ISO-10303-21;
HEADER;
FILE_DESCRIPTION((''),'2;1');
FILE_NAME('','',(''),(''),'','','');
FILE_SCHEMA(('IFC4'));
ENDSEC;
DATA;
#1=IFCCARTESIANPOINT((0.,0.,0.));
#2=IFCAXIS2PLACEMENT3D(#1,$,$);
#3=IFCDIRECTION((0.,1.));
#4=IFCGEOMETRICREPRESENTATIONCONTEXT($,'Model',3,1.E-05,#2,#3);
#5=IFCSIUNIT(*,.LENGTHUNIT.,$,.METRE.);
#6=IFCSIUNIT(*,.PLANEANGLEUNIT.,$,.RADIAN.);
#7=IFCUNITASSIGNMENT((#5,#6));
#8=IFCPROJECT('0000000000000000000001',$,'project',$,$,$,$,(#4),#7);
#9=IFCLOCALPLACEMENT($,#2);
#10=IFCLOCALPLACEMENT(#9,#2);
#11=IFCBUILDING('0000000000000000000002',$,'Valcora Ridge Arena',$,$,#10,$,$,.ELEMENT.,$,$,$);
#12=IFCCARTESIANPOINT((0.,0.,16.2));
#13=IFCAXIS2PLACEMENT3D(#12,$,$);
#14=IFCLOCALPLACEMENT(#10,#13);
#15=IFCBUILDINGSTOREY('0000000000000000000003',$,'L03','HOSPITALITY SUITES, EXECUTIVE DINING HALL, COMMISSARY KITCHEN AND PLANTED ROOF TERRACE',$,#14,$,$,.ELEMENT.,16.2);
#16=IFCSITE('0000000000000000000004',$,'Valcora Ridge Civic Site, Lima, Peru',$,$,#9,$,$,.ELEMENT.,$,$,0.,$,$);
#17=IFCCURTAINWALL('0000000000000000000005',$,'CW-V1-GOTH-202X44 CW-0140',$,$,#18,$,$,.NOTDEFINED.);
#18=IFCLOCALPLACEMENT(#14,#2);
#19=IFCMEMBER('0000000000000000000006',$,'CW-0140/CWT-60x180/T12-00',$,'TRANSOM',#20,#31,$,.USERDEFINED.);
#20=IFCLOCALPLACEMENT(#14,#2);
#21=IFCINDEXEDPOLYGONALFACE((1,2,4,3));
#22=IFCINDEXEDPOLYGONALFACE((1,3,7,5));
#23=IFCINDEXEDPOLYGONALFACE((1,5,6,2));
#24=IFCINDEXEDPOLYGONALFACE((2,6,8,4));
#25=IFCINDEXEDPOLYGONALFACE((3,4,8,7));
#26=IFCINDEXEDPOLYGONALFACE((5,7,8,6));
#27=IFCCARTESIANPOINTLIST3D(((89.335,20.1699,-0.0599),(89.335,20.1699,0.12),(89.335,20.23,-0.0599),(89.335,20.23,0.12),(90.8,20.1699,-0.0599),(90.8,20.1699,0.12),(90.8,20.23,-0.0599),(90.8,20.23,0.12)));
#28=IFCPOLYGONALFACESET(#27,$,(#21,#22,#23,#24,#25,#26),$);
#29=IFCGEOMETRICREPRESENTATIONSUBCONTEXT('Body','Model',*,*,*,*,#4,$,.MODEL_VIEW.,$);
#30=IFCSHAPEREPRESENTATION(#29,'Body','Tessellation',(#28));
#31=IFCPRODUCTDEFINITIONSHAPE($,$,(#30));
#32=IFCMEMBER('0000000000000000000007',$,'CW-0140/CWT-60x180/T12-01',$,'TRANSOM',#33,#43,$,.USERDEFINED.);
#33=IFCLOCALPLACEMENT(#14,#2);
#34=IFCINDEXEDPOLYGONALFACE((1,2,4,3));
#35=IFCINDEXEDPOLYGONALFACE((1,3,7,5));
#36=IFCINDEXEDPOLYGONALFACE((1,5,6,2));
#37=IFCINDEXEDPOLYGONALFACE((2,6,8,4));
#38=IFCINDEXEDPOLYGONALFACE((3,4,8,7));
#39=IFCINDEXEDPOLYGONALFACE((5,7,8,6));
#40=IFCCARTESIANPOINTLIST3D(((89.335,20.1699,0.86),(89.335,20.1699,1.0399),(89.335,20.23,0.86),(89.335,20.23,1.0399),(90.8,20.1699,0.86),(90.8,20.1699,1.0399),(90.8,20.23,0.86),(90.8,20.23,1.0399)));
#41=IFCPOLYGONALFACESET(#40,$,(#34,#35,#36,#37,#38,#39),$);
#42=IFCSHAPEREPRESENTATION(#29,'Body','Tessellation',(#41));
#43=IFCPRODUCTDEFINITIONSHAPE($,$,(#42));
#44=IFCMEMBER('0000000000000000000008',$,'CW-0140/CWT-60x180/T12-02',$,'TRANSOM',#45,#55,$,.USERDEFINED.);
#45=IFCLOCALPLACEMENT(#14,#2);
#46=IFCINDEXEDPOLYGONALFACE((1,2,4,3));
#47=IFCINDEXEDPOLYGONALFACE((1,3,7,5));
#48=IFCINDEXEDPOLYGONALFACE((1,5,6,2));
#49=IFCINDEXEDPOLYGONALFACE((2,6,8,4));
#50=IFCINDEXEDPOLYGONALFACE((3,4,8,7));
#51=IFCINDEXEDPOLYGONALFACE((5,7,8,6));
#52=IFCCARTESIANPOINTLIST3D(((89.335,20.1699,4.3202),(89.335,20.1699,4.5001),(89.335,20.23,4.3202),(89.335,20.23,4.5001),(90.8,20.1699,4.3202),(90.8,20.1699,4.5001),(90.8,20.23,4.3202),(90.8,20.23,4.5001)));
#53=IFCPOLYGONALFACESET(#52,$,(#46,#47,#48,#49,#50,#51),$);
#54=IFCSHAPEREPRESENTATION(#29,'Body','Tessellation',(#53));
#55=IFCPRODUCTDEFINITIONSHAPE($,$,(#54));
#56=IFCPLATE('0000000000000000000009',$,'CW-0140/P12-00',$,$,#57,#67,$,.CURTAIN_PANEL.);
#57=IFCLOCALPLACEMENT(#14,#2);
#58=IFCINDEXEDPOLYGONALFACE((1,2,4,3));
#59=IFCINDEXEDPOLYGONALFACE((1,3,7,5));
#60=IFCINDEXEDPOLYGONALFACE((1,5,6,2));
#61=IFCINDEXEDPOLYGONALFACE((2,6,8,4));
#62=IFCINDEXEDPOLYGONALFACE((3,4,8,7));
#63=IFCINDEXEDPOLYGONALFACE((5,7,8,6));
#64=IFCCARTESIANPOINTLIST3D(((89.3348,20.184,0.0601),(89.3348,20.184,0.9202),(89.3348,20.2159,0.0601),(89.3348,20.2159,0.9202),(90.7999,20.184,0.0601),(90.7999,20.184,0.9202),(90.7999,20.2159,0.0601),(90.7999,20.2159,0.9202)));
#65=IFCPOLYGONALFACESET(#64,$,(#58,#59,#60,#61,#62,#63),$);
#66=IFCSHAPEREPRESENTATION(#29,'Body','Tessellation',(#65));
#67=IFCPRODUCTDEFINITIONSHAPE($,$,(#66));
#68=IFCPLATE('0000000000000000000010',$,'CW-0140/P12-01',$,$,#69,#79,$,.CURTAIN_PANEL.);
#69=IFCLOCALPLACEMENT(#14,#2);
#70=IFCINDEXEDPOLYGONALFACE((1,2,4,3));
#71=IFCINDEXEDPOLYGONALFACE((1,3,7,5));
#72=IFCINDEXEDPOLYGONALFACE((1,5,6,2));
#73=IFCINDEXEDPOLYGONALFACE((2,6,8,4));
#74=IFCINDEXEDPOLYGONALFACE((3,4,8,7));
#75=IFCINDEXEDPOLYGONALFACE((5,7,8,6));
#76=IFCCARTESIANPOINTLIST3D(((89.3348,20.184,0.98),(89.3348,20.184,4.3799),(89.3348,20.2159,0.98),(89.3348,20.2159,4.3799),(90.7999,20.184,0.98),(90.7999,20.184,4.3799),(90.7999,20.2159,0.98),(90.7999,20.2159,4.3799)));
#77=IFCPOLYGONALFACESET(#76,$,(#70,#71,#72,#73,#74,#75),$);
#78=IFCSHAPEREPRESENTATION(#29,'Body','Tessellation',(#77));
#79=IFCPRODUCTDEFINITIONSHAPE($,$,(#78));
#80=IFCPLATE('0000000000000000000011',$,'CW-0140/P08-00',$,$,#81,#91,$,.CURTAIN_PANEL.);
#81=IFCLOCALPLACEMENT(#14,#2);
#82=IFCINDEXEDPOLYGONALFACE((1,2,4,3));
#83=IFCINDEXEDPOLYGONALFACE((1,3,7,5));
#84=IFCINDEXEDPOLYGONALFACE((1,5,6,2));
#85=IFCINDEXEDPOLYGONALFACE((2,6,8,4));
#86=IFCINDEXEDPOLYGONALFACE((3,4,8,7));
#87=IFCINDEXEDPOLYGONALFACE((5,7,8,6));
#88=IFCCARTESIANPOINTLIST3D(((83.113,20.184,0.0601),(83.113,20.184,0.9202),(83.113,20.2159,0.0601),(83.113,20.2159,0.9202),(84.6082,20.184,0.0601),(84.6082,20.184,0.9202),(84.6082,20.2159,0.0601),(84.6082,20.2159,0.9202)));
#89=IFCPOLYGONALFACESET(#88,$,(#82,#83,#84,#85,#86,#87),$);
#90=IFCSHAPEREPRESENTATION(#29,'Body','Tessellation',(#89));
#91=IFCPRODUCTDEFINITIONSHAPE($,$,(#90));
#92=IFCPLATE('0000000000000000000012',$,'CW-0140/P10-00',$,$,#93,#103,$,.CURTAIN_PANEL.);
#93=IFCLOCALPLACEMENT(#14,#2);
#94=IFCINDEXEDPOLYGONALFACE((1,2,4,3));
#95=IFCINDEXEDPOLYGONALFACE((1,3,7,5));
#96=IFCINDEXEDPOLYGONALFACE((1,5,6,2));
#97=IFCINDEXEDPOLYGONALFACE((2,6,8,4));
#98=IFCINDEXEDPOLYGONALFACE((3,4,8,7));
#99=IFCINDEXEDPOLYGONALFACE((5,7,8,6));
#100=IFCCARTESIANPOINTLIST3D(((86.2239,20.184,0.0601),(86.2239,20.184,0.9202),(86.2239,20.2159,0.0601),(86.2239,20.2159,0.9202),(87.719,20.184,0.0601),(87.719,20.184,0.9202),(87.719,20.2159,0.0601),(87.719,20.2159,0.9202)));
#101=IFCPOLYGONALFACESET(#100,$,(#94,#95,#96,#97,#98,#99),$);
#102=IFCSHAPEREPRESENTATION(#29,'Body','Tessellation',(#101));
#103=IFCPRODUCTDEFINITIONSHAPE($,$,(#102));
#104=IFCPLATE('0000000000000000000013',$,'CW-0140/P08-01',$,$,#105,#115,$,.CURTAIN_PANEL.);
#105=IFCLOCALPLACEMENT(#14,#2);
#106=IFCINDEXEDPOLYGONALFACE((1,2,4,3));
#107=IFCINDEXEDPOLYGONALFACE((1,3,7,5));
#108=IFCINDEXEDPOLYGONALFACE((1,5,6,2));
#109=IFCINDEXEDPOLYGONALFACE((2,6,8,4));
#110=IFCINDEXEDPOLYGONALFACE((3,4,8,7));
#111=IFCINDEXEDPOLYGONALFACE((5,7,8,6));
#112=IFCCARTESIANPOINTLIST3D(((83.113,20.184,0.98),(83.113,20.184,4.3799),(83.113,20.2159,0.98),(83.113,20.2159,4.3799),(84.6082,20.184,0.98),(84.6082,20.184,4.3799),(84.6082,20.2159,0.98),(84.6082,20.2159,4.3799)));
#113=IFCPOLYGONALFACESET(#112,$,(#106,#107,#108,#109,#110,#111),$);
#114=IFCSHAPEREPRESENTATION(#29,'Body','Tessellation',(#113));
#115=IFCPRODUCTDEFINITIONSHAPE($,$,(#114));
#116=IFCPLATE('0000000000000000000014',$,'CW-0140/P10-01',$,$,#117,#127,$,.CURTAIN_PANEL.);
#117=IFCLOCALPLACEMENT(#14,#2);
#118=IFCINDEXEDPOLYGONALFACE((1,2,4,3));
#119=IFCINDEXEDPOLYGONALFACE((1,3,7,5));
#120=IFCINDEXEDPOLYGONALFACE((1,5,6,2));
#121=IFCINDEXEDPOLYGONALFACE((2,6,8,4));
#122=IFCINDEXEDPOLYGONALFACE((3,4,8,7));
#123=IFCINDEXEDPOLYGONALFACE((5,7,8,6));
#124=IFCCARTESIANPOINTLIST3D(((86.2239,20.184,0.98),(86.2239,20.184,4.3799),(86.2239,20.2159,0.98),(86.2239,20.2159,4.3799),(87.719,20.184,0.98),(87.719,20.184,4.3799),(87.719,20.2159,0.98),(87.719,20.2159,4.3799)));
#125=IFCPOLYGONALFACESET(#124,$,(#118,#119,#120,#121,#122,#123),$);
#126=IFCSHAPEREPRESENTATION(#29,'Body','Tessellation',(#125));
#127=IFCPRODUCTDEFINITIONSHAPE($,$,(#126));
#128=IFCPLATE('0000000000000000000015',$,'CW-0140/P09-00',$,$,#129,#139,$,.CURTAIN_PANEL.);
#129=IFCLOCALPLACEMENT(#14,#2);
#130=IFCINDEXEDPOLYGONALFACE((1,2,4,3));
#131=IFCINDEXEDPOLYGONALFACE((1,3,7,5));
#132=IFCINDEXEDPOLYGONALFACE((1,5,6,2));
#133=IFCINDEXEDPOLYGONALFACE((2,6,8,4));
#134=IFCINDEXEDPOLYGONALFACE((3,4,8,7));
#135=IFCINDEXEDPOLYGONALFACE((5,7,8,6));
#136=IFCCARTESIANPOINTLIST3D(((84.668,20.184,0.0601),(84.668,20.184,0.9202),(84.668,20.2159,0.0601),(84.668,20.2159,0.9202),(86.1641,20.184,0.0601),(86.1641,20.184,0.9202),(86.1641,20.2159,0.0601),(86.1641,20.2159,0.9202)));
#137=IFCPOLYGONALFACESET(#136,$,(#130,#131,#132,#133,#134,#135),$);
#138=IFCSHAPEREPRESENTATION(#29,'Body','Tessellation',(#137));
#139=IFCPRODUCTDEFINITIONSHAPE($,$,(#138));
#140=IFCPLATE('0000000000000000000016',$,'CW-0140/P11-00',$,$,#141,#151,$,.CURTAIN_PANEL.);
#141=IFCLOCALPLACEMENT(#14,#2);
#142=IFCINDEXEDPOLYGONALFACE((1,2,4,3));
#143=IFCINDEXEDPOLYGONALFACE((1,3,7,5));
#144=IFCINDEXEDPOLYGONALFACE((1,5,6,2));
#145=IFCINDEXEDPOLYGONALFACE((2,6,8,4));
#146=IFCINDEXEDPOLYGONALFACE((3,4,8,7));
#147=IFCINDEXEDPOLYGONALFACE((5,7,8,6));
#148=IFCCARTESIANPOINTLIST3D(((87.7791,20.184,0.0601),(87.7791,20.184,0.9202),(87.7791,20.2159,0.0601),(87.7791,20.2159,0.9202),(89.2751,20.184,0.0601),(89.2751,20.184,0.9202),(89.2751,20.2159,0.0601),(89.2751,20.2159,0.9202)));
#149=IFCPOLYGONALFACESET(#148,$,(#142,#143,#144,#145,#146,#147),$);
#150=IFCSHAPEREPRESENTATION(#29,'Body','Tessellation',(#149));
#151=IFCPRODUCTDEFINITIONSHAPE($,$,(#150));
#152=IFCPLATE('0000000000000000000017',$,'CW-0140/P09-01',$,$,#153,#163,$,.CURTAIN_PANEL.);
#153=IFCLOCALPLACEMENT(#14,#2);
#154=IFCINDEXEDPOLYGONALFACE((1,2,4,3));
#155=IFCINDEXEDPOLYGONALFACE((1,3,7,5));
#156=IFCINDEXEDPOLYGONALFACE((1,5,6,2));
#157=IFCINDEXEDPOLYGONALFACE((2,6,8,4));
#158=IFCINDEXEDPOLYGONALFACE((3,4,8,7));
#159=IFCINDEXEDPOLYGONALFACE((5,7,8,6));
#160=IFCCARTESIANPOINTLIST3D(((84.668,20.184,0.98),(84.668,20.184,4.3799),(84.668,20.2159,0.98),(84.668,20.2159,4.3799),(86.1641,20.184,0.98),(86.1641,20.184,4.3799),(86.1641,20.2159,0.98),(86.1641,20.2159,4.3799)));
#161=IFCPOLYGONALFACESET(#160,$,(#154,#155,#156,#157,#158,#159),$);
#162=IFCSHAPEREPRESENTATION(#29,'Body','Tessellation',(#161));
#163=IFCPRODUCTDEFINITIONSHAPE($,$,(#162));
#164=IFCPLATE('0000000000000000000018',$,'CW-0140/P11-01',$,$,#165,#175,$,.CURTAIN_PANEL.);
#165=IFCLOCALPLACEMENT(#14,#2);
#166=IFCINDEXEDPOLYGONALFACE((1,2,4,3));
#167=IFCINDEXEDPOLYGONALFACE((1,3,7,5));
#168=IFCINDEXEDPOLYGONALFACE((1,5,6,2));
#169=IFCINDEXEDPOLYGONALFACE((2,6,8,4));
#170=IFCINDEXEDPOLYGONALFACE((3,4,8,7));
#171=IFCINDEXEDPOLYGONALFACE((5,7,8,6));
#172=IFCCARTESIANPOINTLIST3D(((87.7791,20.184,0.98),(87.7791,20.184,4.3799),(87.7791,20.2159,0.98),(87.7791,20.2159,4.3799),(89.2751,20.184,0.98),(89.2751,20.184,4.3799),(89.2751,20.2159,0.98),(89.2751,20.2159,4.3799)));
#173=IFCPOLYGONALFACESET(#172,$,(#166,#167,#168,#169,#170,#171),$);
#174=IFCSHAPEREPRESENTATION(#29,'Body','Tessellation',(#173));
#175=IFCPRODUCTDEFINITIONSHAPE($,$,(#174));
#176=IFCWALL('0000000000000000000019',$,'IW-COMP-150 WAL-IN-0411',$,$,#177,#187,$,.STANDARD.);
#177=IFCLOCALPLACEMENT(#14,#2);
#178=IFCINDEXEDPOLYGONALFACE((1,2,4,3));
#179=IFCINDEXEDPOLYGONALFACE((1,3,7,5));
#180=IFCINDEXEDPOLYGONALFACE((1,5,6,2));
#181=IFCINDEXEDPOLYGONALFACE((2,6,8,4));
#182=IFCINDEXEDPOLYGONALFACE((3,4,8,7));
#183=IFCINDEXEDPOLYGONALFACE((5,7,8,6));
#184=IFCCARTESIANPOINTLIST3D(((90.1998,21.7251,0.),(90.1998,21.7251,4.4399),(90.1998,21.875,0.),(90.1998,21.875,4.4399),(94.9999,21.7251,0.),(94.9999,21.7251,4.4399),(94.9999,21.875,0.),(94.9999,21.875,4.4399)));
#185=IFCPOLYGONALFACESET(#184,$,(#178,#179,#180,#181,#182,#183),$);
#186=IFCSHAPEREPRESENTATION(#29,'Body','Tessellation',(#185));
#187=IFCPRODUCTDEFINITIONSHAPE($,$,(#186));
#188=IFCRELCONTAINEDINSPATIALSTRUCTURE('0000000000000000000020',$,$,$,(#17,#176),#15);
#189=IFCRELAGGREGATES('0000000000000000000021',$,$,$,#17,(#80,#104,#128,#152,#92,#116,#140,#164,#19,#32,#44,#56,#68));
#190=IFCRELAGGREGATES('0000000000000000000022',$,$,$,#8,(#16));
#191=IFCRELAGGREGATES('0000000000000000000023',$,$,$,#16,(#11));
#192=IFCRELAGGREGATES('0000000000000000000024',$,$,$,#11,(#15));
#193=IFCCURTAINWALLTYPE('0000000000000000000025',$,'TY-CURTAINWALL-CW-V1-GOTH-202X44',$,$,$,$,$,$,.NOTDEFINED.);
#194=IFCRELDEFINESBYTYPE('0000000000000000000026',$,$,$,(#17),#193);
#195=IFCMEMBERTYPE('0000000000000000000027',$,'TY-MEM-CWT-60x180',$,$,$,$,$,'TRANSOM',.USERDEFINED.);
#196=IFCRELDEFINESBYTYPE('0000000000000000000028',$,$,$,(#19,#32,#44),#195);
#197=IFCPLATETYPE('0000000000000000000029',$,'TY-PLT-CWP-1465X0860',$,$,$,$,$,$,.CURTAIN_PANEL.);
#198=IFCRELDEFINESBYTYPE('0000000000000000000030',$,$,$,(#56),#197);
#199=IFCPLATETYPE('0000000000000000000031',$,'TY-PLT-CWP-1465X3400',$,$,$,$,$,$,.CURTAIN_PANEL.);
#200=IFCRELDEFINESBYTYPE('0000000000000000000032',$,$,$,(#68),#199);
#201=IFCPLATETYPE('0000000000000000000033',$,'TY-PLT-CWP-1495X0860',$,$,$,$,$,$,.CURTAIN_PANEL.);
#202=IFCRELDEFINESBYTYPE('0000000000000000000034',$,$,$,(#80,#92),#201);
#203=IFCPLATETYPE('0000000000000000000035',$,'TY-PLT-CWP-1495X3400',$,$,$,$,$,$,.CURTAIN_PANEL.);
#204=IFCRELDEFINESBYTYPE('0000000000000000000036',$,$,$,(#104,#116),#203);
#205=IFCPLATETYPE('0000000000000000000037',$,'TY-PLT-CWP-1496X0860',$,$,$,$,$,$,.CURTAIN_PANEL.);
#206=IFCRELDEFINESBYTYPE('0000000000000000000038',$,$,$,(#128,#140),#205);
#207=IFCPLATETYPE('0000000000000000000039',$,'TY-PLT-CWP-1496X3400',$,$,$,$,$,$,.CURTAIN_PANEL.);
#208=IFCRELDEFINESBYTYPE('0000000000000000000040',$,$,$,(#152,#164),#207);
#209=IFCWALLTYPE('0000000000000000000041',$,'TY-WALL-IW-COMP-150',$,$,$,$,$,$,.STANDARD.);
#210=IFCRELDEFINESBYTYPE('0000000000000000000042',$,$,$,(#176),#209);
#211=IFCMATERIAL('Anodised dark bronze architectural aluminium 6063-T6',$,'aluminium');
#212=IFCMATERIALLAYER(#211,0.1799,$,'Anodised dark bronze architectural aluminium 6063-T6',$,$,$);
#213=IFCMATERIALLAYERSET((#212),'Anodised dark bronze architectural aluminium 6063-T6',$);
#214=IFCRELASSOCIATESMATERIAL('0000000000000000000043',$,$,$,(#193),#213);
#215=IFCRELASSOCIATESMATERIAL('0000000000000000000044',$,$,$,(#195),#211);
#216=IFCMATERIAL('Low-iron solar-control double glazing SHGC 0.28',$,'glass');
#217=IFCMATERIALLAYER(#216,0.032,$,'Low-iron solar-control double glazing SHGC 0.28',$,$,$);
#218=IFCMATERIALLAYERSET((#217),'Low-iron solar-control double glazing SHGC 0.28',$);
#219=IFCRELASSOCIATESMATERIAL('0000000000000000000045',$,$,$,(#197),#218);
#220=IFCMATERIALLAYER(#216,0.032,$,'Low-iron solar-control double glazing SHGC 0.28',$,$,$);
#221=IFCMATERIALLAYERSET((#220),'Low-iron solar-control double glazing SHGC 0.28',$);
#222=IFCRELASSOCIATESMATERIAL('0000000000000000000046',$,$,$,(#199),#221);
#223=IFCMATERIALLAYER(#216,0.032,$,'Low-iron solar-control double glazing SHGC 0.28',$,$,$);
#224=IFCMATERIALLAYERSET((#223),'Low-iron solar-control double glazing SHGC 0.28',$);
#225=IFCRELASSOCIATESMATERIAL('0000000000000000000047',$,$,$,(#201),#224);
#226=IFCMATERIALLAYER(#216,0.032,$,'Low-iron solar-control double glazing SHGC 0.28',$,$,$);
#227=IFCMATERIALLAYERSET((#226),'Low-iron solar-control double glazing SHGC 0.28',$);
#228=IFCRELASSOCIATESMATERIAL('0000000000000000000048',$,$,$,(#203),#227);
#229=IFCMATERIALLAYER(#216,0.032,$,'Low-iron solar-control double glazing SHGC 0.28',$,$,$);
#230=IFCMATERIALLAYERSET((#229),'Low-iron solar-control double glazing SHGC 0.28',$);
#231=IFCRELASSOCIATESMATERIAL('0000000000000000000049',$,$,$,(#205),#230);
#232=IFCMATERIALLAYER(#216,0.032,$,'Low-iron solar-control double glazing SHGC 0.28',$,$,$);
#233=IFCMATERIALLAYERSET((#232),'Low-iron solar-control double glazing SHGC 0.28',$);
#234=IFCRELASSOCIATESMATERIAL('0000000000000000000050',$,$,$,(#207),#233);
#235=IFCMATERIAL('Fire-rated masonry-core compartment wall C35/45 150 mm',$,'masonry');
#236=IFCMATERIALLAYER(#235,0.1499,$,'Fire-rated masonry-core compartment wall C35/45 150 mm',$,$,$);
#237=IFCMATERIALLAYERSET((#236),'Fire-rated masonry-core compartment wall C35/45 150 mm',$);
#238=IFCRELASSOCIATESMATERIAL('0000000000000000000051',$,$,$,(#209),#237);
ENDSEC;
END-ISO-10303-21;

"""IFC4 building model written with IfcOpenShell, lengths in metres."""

from ifc_helpers import new_model, si_unit, direction, frame, frame_2d, origin, origin_2d, place, context, subcontext, project, spatial, rectangle, extrude, material, layer, layer_set, material_profile, profile_set, type_object, element, aggregate, save


model = new_model("IFC4")

# Units and contexts
model_context = context("Model", 3, precision=1e-05, world=origin(), true_north=direction((0.0, 1.0)))
body_context = subcontext(model_context, "Body", "Model", "MODEL_VIEW")
ifc_project = project(units=[si_unit("LENGTHUNIT", "METRE"), si_unit("PLANEANGLEUNIT", "RADIAN")], contexts=[model_context])

# Site, building, storey
site_placement = place(None, origin())
site = spatial("IfcSite", under=ifc_project, at=site_placement, Name="Valcora Ridge Civic Site, Lima, Peru", CompositionType="ELEMENT", RefElevation=0.0)
building_placement = place(site_placement, origin())
building = spatial("IfcBuilding", under=site, at=building_placement, Name="Valcora Ridge Arena", CompositionType="ELEMENT")
storey_placement = place(building_placement, frame((0.0, 0.0, 16.2)))
storey = spatial("IfcBuildingStorey", under=building, at=storey_placement, Name="L03", Description="HOSPITALITY SUITES, EXECUTIVE DINING HALL, COMMISSARY KITCHEN AND PLANTED ROOF TERRACE", CompositionType="ELEMENT", Elevation=16.2)

# Curtain wall, members, plates
ifc_material_1 = material(Name="Anodised dark bronze architectural aluminium 6063-T6", Category="aluminium")
ifc_layer_1 = layer(ifc_material_1, 0.1799, Name="Anodised dark bronze architectural aluminium 6063-T6")
ifc_layer_set_1 = layer_set([ifc_layer_1], Name="Anodised dark bronze architectural aluminium 6063-T6")
curtain_wall_type = type_object("IfcCurtainWallType", Name="TY-CURTAINWALL-CW-V1-GOTH-202X44", PredefinedType="NOTDEFINED", material=ifc_layer_set_1)
curtain_wall_placement = place(storey_placement, origin())
curtain_wall = element("IfcCurtainWall", 1, at=curtain_wall_placement, inside=storey, type_object=curtain_wall_type, Name="CW-V1-GOTH-202X44 CW-0140", PredefinedType="NOTDEFINED")
ifc_material_profile_1 = material_profile(ifc_material_1, rectangle(XDim=0.0601, YDim=0.1799, at=origin_2d()), Name="ALU TRANSOM 60x180")
ifc_profile_set_1 = profile_set([ifc_material_profile_1], Name="Anodised dark bronze architectural aluminium 6063-T6")
member_type_1 = type_object("IfcMemberType", Name="TY-MEM-CWT-60x180", ElementType="TRANSOM", PredefinedType="USERDEFINED", material=ifc_profile_set_1)
member_1_placement = place(storey_placement, frame((89.335, 20.2, 0.03), z_axis=(1.0, 0.0, 0.0), x_axis=(0.0, 1.0, 0.0)))
member_1 = element("IfcMember", 2, at=member_1_placement, type_object=member_type_1, Name="CW-0140/CWT-60x180/T12-00", ObjectType="TRANSOM", PredefinedType="USERDEFINED", context=body_context, shape_type="SweptSolid", body=[
    extrude(rectangle(XDim=0.0601, YDim=0.1799, at=origin_2d()), origin(), (0.0, 0.0, 1.0), 1.4651),
])
member_2_placement = place(storey_placement, frame((89.335, 20.2, 0.95), z_axis=(1.0, 0.0, 0.0), x_axis=(0.0, 1.0, 0.0)))
member_2 = element("IfcMember", 3, at=member_2_placement, type_object=member_type_1, Name="CW-0140/CWT-60x180/T12-01", ObjectType="TRANSOM", PredefinedType="USERDEFINED", context=body_context, shape_type="SweptSolid", body=[
    extrude(rectangle(XDim=0.0601, YDim=0.1799, at=origin_2d()), origin(), (0.0, 0.0, 1.0), 1.4651),
])
member_3_placement = place(storey_placement, frame((89.335, 20.2, 4.4102), z_axis=(1.0, 0.0, 0.0), x_axis=(0.0, 1.0, 0.0)))
member_3 = element("IfcMember", 4, at=member_3_placement, type_object=member_type_1, Name="CW-0140/CWT-60x180/T12-02", ObjectType="TRANSOM", PredefinedType="USERDEFINED", context=body_context, shape_type="SweptSolid", body=[
    extrude(rectangle(XDim=0.0601, YDim=0.1799, at=origin_2d()), origin(), (0.0, 0.0, 1.0), 1.4651),
])
ifc_material_2 = material(Name="Low-iron solar-control double glazing SHGC 0.28", Category="glass")
ifc_layer_2 = layer(ifc_material_2, 0.032, Name="Low-iron solar-control double glazing SHGC 0.28")
ifc_layer_set_2 = layer_set([ifc_layer_2], Name="Low-iron solar-control double glazing SHGC 0.28")
plate_type_1 = type_object("IfcPlateType", Name="TY-PLT-CWP-1465X0860", PredefinedType="CURTAIN_PANEL", material=ifc_layer_set_2)
plate_1_placement = place(storey_placement, frame((90.0674, 20.2, 0.0601), z_axis=(0.0, 0.0, 1.0), x_axis=(1.0, 0.0, 0.0)))
plate_1 = element("IfcPlate", 5, at=plate_1_placement, type_object=plate_type_1, Name="CW-0140/P12-00", PredefinedType="CURTAIN_PANEL", context=body_context, shape_type="SweptSolid", body=[
    extrude(rectangle(XDim=1.4651, YDim=0.032, at=origin_2d()), origin(), (0.0, 0.0, 1.0), 0.8601),
])
ifc_layer_3 = layer(ifc_material_2, 0.032, Name="Low-iron solar-control double glazing SHGC 0.28")
ifc_layer_set_3 = layer_set([ifc_layer_3], Name="Low-iron solar-control double glazing SHGC 0.28")
plate_type_2 = type_object("IfcPlateType", Name="TY-PLT-CWP-1465X3400", PredefinedType="CURTAIN_PANEL", material=ifc_layer_set_3)
plate_2_placement = place(storey_placement, frame((90.0674, 20.2, 0.98), z_axis=(0.0, 0.0, 1.0), x_axis=(1.0, 0.0, 0.0)))
plate_2 = element("IfcPlate", 6, at=plate_2_placement, type_object=plate_type_2, Name="CW-0140/P12-01", PredefinedType="CURTAIN_PANEL", context=body_context, shape_type="SweptSolid", body=[
    extrude(rectangle(XDim=1.4651, YDim=0.032, at=origin_2d()), origin(), (0.0, 0.0, 1.0), 3.3999),
])
ifc_layer_4 = layer(ifc_material_2, 0.032, Name="Low-iron solar-control double glazing SHGC 0.28")
ifc_layer_set_4 = layer_set([ifc_layer_4], Name="Low-iron solar-control double glazing SHGC 0.28")
plate_type_3 = type_object("IfcPlateType", Name="TY-PLT-CWP-1495X0860", PredefinedType="CURTAIN_PANEL", material=ifc_layer_set_4)
plate_3_placement = place(storey_placement, frame((83.8606, 20.2, 0.0601), z_axis=(0.0, 0.0, 1.0), x_axis=(1.0, 0.0, 0.0)))
plate_3 = element("IfcPlate", 7, at=plate_3_placement, type_object=plate_type_3, Name="CW-0140/P08-00", PredefinedType="CURTAIN_PANEL", context=body_context, shape_type="SweptSolid", body=[
    extrude(rectangle(XDim=1.4951, YDim=0.032, at=origin_2d()), origin(), (0.0, 0.0, 1.0), 0.8601),
])
plate_4_placement = place(storey_placement, frame((86.9714, 20.2, 0.0601), z_axis=(0.0, 0.0, 1.0), x_axis=(1.0, 0.0, 0.0)))
plate_4 = element("IfcPlate", 8, at=plate_4_placement, type_object=plate_type_3, Name="CW-0140/P10-00", PredefinedType="CURTAIN_PANEL", context=body_context, shape_type="SweptSolid", body=[
    extrude(rectangle(XDim=1.4951, YDim=0.032, at=origin_2d()), origin(), (0.0, 0.0, 1.0), 0.8601),
])
ifc_layer_5 = layer(ifc_material_2, 0.032, Name="Low-iron solar-control double glazing SHGC 0.28")
ifc_layer_set_5 = layer_set([ifc_layer_5], Name="Low-iron solar-control double glazing SHGC 0.28")
plate_type_4 = type_object("IfcPlateType", Name="TY-PLT-CWP-1495X3400", PredefinedType="CURTAIN_PANEL", material=ifc_layer_set_5)
plate_5_placement = place(storey_placement, frame((83.8606, 20.2, 0.98), z_axis=(0.0, 0.0, 1.0), x_axis=(1.0, 0.0, 0.0)))
plate_5 = element("IfcPlate", 9, at=plate_5_placement, type_object=plate_type_4, Name="CW-0140/P08-01", PredefinedType="CURTAIN_PANEL", context=body_context, shape_type="SweptSolid", body=[
    extrude(rectangle(XDim=1.4951, YDim=0.032, at=origin_2d()), origin(), (0.0, 0.0, 1.0), 3.3999),
])
plate_6_placement = place(storey_placement, frame((86.9714, 20.2, 0.98), z_axis=(0.0, 0.0, 1.0), x_axis=(1.0, 0.0, 0.0)))
plate_6 = element("IfcPlate", 10, at=plate_6_placement, type_object=plate_type_4, Name="CW-0140/P10-01", PredefinedType="CURTAIN_PANEL", context=body_context, shape_type="SweptSolid", body=[
    extrude(rectangle(XDim=1.4951, YDim=0.032, at=origin_2d()), origin(), (0.0, 0.0, 1.0), 3.3999),
])
ifc_layer_6 = layer(ifc_material_2, 0.032, Name="Low-iron solar-control double glazing SHGC 0.28")
ifc_layer_set_6 = layer_set([ifc_layer_6], Name="Low-iron solar-control double glazing SHGC 0.28")
plate_type_5 = type_object("IfcPlateType", Name="TY-PLT-CWP-1496X0860", PredefinedType="CURTAIN_PANEL", material=ifc_layer_set_6)
plate_7_placement = place(storey_placement, frame((85.416, 20.2, 0.0601), z_axis=(0.0, 0.0, 1.0), x_axis=(1.0, 0.0, 0.0)))
plate_7 = element("IfcPlate", 11, at=plate_7_placement, type_object=plate_type_5, Name="CW-0140/P09-00", PredefinedType="CURTAIN_PANEL", context=body_context, shape_type="SweptSolid", body=[
    extrude(rectangle(XDim=1.4961, YDim=0.032, at=origin_2d()), origin(), (0.0, 0.0, 1.0), 0.8601),
])
plate_8_placement = place(storey_placement, frame((88.5271, 20.2, 0.0601), z_axis=(0.0, 0.0, 1.0), x_axis=(1.0, 0.0, 0.0)))
plate_8 = element("IfcPlate", 12, at=plate_8_placement, type_object=plate_type_5, Name="CW-0140/P11-00", PredefinedType="CURTAIN_PANEL", context=body_context, shape_type="SweptSolid", body=[
    extrude(rectangle(XDim=1.4961, YDim=0.032, at=origin_2d()), origin(), (0.0, 0.0, 1.0), 0.8601),
])
ifc_layer_7 = layer(ifc_material_2, 0.032, Name="Low-iron solar-control double glazing SHGC 0.28")
ifc_layer_set_7 = layer_set([ifc_layer_7], Name="Low-iron solar-control double glazing SHGC 0.28")
plate_type_6 = type_object("IfcPlateType", Name="TY-PLT-CWP-1496X3400", PredefinedType="CURTAIN_PANEL", material=ifc_layer_set_7)
plate_9_placement = place(storey_placement, frame((85.416, 20.2, 0.98), z_axis=(0.0, 0.0, 1.0), x_axis=(1.0, 0.0, 0.0)))
plate_9 = element("IfcPlate", 13, at=plate_9_placement, type_object=plate_type_6, Name="CW-0140/P09-01", PredefinedType="CURTAIN_PANEL", context=body_context, shape_type="SweptSolid", body=[
    extrude(rectangle(XDim=1.4961, YDim=0.032, at=origin_2d()), origin(), (0.0, 0.0, 1.0), 3.3999),
])
plate_10_placement = place(storey_placement, frame((88.5271, 20.2, 0.98), z_axis=(0.0, 0.0, 1.0), x_axis=(1.0, 0.0, 0.0)))
plate_10 = element("IfcPlate", 14, at=plate_10_placement, type_object=plate_type_6, Name="CW-0140/P11-01", PredefinedType="CURTAIN_PANEL", context=body_context, shape_type="SweptSolid", body=[
    extrude(rectangle(XDim=1.4961, YDim=0.032, at=origin_2d()), origin(), (0.0, 0.0, 1.0), 3.3999),
])
aggregate(curtain_wall, [plate_3, plate_5, plate_7, plate_9, plate_4, plate_6, plate_8, plate_10, member_1, member_2, member_3, plate_1, plate_2])

# Wall
ifc_material_3 = material(Name="Fire-rated masonry-core compartment wall C35/45 150 mm", Category="masonry")
ifc_layer_8 = layer(ifc_material_3, 0.1499, Name="Fire-rated masonry-core compartment wall C35/45 150 mm")
ifc_layer_set_8 = layer_set([ifc_layer_8], Name="Fire-rated masonry-core compartment wall C35/45 150 mm")
wall_type_1 = type_object("IfcWallType", Name="TY-WALL-IW-COMP-150", PredefinedType="STANDARD", material=ifc_layer_set_8)
wall_1_placement = place(storey_placement, frame((90.2, 21.8, 0.0), z_axis=(0.0, 0.0, 1.0), x_axis=(1.0, 0.0, 0.0)))
element("IfcWall", 15, at=wall_1_placement, inside=storey, type_object=wall_type_1, Name="IW-COMP-150 WAL-IN-0411", PredefinedType="STANDARD", context=body_context, shape_type="SweptSolid", body=[
    extrude(rectangle(XDim=4.8, YDim=0.1499, at=frame_2d((2.3999, 0.0))), origin(), (0.0, 0.0, 1.0), 4.4399),
])

save(model, "model.ifc")
